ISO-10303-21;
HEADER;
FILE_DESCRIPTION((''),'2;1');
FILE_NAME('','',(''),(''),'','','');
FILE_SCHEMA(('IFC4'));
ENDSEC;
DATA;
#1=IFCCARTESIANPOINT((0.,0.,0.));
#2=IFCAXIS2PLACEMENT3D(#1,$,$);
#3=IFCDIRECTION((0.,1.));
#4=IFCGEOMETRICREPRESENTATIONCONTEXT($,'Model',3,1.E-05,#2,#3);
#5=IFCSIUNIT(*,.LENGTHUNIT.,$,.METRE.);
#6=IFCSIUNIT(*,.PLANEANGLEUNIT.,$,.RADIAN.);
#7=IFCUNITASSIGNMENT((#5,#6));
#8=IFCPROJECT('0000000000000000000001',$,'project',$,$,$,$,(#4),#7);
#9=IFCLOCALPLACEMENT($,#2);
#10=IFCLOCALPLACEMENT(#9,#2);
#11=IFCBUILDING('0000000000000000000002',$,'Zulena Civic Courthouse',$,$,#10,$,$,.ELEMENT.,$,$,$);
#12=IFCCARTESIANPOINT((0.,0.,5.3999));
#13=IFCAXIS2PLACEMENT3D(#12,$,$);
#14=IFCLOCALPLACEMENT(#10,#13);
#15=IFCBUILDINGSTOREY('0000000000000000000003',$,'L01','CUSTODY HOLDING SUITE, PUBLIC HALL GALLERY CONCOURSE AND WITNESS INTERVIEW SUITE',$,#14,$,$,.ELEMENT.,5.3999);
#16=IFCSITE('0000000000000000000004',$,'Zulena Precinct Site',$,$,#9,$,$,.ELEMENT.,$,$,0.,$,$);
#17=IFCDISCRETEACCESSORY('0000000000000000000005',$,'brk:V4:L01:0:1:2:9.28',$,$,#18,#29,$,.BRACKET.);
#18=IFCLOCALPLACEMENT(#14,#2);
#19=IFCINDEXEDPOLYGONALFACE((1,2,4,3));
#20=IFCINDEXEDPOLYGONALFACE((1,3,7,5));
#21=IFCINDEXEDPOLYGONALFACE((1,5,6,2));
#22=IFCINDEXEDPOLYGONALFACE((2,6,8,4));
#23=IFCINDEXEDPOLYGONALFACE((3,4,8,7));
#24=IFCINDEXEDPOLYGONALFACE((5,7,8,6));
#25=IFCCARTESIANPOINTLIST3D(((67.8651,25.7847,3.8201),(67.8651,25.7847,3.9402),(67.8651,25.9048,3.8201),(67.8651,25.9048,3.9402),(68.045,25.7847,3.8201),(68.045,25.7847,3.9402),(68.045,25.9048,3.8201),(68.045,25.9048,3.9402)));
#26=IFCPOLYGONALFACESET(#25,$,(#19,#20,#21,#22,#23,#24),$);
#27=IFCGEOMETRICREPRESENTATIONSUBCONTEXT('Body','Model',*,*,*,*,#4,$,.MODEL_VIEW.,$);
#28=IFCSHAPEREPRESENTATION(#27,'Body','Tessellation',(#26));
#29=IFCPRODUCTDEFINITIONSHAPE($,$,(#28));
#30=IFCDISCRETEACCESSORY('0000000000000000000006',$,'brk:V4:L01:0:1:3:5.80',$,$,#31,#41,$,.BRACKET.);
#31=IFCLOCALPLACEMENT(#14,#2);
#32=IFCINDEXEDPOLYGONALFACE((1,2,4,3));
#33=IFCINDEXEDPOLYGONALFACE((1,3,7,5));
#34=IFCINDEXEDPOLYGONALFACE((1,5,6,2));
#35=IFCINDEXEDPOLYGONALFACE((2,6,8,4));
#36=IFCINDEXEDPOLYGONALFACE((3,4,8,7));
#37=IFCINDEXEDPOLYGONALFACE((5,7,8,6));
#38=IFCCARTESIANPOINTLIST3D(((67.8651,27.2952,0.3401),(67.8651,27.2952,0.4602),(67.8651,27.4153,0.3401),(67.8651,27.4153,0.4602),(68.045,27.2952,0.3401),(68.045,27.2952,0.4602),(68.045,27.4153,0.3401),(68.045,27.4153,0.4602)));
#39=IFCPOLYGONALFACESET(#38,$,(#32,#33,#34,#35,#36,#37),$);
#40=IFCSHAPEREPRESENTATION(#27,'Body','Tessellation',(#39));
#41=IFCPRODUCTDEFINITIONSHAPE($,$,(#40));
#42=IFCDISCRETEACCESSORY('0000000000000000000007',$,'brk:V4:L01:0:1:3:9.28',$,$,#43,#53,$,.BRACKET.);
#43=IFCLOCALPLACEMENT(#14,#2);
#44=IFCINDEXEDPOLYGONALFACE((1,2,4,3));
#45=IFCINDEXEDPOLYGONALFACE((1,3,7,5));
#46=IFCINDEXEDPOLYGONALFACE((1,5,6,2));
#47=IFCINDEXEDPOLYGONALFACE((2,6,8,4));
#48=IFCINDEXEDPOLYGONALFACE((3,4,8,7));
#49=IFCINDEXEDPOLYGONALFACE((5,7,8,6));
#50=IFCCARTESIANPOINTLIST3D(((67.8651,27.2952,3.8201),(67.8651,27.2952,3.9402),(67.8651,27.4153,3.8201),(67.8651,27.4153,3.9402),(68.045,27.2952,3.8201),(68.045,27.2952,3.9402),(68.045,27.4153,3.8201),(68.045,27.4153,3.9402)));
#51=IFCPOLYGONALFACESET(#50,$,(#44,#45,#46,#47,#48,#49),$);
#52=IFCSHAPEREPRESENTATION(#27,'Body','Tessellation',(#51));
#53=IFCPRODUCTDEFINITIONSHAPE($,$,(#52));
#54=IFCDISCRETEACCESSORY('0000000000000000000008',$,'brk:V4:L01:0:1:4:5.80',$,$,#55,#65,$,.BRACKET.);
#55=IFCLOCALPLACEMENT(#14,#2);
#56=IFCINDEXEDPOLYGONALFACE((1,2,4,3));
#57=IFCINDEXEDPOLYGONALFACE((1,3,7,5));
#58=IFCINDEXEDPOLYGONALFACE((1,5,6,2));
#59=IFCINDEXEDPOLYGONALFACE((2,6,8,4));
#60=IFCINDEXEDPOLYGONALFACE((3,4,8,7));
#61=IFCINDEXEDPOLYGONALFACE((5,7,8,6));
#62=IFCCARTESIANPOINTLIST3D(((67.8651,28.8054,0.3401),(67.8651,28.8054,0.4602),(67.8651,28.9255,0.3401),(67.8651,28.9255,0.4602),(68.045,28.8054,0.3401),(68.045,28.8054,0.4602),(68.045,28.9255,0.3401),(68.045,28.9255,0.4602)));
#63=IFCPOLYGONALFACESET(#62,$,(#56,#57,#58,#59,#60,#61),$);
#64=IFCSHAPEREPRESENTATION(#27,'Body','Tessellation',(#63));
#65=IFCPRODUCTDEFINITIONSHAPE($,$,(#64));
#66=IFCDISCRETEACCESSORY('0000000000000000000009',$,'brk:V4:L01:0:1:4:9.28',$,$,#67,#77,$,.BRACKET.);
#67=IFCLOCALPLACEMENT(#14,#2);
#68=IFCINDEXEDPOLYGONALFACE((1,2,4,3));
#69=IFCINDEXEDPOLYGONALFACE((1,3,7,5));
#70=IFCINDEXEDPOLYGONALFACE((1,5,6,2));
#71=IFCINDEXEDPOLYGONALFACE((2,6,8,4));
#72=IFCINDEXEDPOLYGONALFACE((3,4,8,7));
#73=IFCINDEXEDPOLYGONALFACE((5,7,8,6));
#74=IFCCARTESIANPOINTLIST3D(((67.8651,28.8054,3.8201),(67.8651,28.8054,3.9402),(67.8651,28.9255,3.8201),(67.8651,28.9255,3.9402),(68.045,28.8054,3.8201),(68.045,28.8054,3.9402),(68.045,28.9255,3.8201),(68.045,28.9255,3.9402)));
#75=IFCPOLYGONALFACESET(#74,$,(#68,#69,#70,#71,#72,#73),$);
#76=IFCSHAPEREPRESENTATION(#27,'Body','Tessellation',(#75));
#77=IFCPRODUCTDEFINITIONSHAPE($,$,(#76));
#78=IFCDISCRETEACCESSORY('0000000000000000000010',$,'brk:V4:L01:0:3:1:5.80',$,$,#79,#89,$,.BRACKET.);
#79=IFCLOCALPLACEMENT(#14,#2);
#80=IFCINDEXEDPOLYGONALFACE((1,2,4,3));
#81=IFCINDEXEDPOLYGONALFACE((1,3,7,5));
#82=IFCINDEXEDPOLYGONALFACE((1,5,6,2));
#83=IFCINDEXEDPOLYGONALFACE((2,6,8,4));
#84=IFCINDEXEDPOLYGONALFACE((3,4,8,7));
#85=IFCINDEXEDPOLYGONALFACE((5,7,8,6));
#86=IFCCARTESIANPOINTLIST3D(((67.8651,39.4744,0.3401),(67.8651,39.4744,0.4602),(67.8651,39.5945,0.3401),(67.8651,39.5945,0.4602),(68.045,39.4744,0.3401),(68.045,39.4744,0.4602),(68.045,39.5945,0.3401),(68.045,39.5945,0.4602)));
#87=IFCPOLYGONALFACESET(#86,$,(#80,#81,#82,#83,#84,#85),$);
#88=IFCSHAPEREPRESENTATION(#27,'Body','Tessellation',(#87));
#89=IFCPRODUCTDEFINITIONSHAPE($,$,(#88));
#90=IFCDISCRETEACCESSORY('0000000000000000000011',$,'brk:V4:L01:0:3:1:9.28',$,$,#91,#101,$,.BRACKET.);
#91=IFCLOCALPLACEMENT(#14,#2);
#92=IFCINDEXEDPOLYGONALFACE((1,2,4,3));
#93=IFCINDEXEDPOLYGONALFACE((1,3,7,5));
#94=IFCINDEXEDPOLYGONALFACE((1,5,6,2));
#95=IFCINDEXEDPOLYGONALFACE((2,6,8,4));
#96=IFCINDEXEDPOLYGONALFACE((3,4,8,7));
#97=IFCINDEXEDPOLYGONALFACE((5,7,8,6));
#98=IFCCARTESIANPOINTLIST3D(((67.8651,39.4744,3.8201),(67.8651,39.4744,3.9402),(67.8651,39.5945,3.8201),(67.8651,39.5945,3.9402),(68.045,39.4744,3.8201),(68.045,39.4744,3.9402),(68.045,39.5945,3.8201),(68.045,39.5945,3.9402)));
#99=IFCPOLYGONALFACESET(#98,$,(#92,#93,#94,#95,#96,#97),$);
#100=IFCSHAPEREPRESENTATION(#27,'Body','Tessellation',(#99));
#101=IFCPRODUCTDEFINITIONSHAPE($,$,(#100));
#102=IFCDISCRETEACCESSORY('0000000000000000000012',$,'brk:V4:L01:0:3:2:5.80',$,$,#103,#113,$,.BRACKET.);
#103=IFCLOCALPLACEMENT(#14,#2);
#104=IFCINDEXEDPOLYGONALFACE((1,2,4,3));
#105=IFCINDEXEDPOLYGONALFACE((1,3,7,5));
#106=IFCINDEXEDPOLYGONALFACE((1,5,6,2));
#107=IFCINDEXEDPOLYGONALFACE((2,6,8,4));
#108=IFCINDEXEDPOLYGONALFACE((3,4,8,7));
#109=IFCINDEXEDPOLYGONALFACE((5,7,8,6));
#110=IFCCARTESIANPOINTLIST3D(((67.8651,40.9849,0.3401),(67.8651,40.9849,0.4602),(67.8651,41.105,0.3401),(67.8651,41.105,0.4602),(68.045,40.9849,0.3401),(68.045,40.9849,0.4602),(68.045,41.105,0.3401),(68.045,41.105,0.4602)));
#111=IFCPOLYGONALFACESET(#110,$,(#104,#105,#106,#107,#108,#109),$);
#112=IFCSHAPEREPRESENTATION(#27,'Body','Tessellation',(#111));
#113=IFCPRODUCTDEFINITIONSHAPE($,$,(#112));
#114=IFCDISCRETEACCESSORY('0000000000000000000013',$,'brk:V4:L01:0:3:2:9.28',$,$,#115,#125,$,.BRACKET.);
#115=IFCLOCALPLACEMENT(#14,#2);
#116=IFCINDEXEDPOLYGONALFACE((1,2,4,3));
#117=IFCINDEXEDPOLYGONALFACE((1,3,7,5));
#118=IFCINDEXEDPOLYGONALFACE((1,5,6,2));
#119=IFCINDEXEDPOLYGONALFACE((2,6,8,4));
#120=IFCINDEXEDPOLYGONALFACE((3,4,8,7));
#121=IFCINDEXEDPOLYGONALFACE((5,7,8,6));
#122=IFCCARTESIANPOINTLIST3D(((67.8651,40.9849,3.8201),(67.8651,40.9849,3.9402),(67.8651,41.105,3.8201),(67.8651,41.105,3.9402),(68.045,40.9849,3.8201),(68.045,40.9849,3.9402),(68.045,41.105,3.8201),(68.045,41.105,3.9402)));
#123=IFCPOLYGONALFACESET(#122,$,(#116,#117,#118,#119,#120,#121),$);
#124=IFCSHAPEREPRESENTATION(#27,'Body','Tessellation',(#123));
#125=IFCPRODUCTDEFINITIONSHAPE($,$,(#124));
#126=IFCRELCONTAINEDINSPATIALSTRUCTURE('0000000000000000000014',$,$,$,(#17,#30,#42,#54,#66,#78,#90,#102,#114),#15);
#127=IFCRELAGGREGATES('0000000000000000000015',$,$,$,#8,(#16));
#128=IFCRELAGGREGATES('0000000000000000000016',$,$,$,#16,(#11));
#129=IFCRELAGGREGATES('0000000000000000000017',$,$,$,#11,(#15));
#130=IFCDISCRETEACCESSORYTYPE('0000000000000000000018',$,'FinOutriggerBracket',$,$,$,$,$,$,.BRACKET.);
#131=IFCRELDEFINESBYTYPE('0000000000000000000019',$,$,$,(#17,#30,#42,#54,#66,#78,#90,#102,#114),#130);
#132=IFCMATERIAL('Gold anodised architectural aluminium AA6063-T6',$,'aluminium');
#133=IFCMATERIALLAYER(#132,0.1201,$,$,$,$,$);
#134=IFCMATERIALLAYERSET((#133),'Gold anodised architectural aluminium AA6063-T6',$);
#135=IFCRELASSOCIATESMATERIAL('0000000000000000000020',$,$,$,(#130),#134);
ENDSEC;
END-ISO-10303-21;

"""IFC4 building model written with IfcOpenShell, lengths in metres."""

from ifc_helpers import new_model, si_unit, direction, frame, origin, origin_2d, place, context, subcontext, project, spatial, rectangle, extrude, material, layer, layer_set, type_object, element, save


model = new_model("IFC4")

# Units and contexts
model_context = context("Model", 3, precision=1e-05, world=origin(), true_north=direction((0.0, 1.0)))
body_context = subcontext(model_context, "Body", "Model", "MODEL_VIEW")
ifc_project = project(units=[si_unit("LENGTHUNIT", "METRE"), si_unit("PLANEANGLEUNIT", "RADIAN")], contexts=[model_context])

# Site, building, storey
site_placement = place(None, origin())
site = spatial("IfcSite", under=ifc_project, at=site_placement, Name="Zulena Precinct Site", CompositionType="ELEMENT", RefElevation=0.0)
building_placement = place(site_placement, origin())
building = spatial("IfcBuilding", under=site, at=building_placement, Name="Zulena Civic Courthouse", CompositionType="ELEMENT")
storey_placement = place(building_placement, frame((0.0, 0.0, 5.3999)))
storey = spatial("IfcBuildingStorey", under=building, at=storey_placement, Name="L01", Description="CUSTODY HOLDING SUITE, PUBLIC HALL GALLERY CONCOURSE AND WITNESS INTERVIEW SUITE", CompositionType="ELEMENT", Elevation=5.3999)

# Shared definitions
ifc_material_1 = material(Name="Gold anodised architectural aluminium AA6063-T6", Category="aluminium")

# Discrete accessories
ifc_layer_1 = layer(ifc_material_1, 0.1201)
ifc_layer_set_1 = layer_set([ifc_layer_1], Name="Gold anodised architectural aluminium AA6063-T6")
discrete_accessory_type = type_object("IfcDiscreteAccessoryType", Name="FinOutriggerBracket", PredefinedType="BRACKET", material=ifc_layer_set_1)
for number, where, z_axis, x_axis, name in (
    (1, (67.9551, 25.8447, 3.8201), (0.0, 0.0, 1.0), (-1.0, 0.0, 0.0), "brk:V4:L01:0:1:2:9.28"),
    (2, (67.9551, 27.3552, 0.3401), (0.0, 0.0, 1.0), (-1.0, 0.0, 0.0), "brk:V4:L01:0:1:3:5.80"),
    (3, (67.9551, 27.3552, 3.8201), (0.0, 0.0, 1.0), (-1.0, 0.0, 0.0), "brk:V4:L01:0:1:3:9.28"),
    (4, (67.9551, 28.8655, 0.3401), (0.0, 0.0, 1.0), (-1.0, 0.0, 0.0), "brk:V4:L01:0:1:4:5.80"),
    (5, (67.9551, 28.8655, 3.8201), (0.0, 0.0, 1.0), (-1.0, 0.0, 0.0), "brk:V4:L01:0:1:4:9.28"),
    (6, (67.9551, 39.5344, 0.3401), (0.0, 0.0, 1.0), (-1.0, 0.0, 0.0), "brk:V4:L01:0:3:1:5.80"),
    (7, (67.9551, 39.5344, 3.8201), (0.0, 0.0, 1.0), (-1.0, 0.0, 0.0), "brk:V4:L01:0:3:1:9.28"),
    (8, (67.9551, 41.0449, 0.3401), (0.0, 0.0, 1.0), (-1.0, 0.0, 0.0), "brk:V4:L01:0:3:2:5.80"),
    (9, (67.9551, 41.0449, 3.8201), (0.0, 0.0, 1.0), (-1.0, 0.0, 0.0), "brk:V4:L01:0:3:2:9.28"),
):
    element("IfcDiscreteAccessory", number, at=place(storey_placement, frame(where, z_axis=z_axis, x_axis=x_axis)), inside=storey, type_object=discrete_accessory_type, Name=name, PredefinedType="BRACKET", context=body_context, shape_type="SweptSolid", body=[
        extrude(rectangle(XDim=0.1799, YDim=0.1201, at=origin_2d()), origin(), (0.0, 0.0, 1.0), 0.1201),
    ])

save(model, "model.ifc")
